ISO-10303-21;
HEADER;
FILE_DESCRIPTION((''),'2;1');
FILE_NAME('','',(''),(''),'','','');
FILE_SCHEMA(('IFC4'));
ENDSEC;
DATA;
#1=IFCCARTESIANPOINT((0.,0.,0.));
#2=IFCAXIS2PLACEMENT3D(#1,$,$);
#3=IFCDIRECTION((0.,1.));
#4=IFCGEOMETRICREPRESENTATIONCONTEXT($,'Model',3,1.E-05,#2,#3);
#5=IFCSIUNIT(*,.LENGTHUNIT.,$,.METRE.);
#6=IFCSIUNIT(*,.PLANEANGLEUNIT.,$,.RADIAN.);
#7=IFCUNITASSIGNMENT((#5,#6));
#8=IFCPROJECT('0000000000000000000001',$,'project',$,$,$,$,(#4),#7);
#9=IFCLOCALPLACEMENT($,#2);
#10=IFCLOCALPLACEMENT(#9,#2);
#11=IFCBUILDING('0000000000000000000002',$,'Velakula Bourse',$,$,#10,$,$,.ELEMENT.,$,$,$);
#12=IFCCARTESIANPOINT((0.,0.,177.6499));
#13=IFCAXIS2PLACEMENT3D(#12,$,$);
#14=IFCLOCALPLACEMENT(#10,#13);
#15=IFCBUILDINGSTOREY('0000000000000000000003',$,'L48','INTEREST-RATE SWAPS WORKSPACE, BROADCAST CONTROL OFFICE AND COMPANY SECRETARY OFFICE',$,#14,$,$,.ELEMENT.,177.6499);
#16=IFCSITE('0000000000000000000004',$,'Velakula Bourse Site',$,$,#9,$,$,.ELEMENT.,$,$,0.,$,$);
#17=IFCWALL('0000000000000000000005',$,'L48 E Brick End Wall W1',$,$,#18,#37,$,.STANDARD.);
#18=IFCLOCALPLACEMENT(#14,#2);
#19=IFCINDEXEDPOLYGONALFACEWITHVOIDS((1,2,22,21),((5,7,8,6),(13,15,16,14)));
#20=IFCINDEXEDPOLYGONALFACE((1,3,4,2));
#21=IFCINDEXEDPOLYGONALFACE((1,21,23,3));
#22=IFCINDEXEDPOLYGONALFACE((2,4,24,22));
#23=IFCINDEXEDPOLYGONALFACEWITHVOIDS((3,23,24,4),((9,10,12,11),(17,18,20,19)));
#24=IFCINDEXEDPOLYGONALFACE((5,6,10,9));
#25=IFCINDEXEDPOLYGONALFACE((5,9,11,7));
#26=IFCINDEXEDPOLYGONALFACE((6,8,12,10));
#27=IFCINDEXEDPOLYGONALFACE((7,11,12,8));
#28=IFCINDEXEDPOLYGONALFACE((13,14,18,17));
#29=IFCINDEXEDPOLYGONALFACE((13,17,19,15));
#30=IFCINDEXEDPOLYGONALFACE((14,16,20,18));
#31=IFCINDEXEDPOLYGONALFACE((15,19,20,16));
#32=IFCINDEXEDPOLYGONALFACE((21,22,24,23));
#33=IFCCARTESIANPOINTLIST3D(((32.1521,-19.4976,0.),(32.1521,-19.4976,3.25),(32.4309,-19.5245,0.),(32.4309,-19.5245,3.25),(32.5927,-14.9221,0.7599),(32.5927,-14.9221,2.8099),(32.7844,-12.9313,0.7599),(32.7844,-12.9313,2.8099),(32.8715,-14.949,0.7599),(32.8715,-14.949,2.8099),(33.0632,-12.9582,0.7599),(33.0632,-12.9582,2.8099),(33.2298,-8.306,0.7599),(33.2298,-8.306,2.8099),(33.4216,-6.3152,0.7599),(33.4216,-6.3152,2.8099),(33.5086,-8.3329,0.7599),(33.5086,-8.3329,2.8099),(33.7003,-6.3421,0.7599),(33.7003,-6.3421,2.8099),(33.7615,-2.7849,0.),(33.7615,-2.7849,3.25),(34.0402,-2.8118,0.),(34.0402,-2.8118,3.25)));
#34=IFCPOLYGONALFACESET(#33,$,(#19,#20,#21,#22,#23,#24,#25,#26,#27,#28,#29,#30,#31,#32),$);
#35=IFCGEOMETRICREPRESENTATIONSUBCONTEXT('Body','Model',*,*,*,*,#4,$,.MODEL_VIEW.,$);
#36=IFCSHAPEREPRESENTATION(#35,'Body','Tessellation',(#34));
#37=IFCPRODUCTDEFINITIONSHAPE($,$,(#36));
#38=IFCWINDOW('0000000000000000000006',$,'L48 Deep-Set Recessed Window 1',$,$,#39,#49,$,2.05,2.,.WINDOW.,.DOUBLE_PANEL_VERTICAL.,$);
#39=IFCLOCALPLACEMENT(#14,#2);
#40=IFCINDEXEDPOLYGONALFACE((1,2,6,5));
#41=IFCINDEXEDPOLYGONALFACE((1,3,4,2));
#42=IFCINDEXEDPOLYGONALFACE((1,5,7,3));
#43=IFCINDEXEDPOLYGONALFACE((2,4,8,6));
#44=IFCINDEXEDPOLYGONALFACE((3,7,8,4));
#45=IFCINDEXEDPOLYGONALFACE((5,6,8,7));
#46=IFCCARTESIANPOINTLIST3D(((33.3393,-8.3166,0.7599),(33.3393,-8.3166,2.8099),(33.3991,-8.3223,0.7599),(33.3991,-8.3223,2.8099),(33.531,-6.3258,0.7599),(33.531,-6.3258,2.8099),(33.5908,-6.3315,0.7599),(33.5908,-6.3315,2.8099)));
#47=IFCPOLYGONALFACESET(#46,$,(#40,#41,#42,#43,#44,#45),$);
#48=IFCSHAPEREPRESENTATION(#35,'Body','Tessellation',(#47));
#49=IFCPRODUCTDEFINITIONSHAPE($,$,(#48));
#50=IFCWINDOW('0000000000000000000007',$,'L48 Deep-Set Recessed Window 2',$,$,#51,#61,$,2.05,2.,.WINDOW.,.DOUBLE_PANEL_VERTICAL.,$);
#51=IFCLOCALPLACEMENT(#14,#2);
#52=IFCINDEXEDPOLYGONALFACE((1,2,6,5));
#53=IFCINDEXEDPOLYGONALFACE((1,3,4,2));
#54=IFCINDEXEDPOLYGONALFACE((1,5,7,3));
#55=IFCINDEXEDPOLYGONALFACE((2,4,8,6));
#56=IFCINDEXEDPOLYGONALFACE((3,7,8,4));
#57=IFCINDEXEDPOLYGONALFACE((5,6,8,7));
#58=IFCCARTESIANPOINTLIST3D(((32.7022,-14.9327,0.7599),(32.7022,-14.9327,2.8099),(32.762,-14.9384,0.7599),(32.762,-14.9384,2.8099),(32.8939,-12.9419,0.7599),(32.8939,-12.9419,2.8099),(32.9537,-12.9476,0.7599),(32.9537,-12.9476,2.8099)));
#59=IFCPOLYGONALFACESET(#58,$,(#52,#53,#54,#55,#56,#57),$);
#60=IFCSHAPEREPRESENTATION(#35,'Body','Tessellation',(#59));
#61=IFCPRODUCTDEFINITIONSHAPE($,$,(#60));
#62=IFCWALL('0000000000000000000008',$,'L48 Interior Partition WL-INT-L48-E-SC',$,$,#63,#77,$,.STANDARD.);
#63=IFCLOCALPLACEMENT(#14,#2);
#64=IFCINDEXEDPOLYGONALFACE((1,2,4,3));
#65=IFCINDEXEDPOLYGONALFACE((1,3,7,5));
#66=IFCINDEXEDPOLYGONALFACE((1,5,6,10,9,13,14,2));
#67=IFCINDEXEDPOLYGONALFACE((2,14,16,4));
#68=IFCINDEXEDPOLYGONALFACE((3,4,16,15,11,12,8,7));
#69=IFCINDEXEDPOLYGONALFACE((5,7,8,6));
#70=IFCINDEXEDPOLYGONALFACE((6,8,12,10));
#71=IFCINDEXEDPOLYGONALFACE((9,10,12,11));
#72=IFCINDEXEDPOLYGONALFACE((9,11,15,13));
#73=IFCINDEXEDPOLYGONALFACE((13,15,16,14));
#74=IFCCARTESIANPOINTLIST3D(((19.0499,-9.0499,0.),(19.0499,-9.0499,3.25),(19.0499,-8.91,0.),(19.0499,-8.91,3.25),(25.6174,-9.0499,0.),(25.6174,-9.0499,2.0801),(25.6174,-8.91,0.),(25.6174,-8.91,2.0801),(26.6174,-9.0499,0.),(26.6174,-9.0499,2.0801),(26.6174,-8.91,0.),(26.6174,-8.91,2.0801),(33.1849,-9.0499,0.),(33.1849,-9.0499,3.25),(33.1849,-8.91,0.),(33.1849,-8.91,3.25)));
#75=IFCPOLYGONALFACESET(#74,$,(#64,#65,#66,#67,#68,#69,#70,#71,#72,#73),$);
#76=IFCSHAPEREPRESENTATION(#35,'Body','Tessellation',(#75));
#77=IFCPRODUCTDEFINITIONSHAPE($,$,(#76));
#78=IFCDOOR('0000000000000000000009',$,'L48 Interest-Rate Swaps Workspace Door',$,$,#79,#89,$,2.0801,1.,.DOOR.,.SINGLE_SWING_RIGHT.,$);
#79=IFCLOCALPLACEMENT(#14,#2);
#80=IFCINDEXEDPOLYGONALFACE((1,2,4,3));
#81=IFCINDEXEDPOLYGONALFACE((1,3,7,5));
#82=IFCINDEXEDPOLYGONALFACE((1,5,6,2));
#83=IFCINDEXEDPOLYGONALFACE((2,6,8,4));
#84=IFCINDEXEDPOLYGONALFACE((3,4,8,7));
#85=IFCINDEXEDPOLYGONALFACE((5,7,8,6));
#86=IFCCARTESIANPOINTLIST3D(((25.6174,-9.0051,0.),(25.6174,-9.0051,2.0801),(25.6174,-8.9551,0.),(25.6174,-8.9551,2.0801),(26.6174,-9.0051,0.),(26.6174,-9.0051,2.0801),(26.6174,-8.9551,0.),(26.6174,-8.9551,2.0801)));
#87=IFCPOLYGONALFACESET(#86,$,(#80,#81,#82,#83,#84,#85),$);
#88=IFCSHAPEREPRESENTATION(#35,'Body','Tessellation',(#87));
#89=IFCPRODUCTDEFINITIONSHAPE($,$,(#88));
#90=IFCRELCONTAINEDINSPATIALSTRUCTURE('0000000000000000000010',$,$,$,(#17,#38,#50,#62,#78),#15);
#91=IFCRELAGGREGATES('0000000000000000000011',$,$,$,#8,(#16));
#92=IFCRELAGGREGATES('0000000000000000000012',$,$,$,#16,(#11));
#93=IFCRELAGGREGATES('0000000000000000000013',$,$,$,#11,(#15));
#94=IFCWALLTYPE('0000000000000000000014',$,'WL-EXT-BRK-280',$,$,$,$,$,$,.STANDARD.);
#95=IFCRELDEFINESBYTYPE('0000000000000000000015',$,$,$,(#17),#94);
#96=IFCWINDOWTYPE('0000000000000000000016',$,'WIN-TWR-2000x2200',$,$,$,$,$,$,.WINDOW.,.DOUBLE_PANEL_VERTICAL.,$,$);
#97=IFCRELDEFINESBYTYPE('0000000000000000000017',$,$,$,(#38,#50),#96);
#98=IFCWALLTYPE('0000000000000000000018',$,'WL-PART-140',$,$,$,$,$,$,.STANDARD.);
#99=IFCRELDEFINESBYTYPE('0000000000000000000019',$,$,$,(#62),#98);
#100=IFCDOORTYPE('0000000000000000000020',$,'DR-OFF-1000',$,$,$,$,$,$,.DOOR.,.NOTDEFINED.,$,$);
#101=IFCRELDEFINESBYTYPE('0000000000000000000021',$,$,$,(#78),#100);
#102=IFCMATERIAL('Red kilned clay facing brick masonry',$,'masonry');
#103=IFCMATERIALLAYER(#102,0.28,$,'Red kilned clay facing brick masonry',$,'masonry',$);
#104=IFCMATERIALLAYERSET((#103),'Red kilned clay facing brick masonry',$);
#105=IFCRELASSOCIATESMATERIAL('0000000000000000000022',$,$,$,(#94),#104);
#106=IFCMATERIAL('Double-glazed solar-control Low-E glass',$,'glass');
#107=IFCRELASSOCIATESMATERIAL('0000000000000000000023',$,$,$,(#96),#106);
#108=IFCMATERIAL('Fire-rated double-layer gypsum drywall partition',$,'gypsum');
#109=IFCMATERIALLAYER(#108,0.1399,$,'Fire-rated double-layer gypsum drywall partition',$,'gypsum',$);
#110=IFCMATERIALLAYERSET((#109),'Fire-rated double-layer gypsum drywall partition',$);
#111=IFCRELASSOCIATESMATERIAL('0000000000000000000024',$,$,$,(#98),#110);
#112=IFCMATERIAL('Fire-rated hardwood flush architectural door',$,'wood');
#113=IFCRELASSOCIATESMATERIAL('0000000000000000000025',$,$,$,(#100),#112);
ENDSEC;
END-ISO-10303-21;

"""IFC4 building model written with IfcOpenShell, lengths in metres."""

from ifc_helpers import new_model, si_unit, direction, frame, frame_2d, origin, place, context, subcontext, project, spatial, rectangle, extrude, material, layer, layer_set, type_object, element, fill, save


model = new_model("IFC4")

# Units and contexts
model_context = context("Model", 3, precision=1e-05, world=origin(), true_north=direction((0.0, 1.0)))
body_context = subcontext(model_context, "Body", "Model", "MODEL_VIEW")
ifc_project = project(units=[si_unit("LENGTHUNIT", "METRE"), si_unit("PLANEANGLEUNIT", "RADIAN")], contexts=[model_context])

# Site, building, storey
site_placement = place(None, origin())
site = spatial("IfcSite", under=ifc_project, at=site_placement, Name="Velakula Bourse Site", CompositionType="ELEMENT", RefElevation=0.0)
building_placement = place(site_placement, origin())
building = spatial("IfcBuilding", under=site, at=building_placement, Name="Velakula Bourse", CompositionType="ELEMENT")
storey_placement = place(building_placement, frame((0.0, 0.0, 177.6499)))
storey = spatial("IfcBuildingStorey", under=building, at=storey_placement, Name="L48", Description="INTEREST-RATE SWAPS WORKSPACE, BROADCAST CONTROL OFFICE AND COMPANY SECRETARY OFFICE", CompositionType="ELEMENT", Elevation=177.6499)

# Wall, openings, windows
ifc_material_1 = material(Name="Red kilned clay facing brick masonry", Category="masonry")
ifc_layer_1 = layer(ifc_material_1, 0.28, Name="Red kilned clay facing brick masonry", Category="masonry")
ifc_layer_set_1 = layer_set([ifc_layer_1], Name="Red kilned clay facing brick masonry")
wall_type_1 = type_object("IfcWallType", Name="WL-EXT-BRK-280", PredefinedType="STANDARD", material=ifc_layer_set_1)
wall_1_placement = place(storey_placement, frame((33.9009, -2.7983, 0.0), z_axis=(0.0, 0.0, 1.0), x_axis=(-0.095853, -0.995395, 0.0)))
wall_1 = element("IfcWall", 1, at=wall_1_placement, inside=storey, type_object=wall_type_1, Name="L48 E Brick End Wall W1", PredefinedType="STANDARD", context=body_context, shape_type="SweptSolid", body=[
    extrude(rectangle(XDim=16.79, YDim=0.28, at=frame_2d((8.395, 0.0))), origin(), (0.0, 0.0, 1.0), 3.25),
])
opening_1_placement = place(wall_1_placement, frame((3.5466, 0.0, 0.76)))
opening_1 = element("IfcOpeningElement", 2, at=opening_1_placement, cuts=wall_1, PredefinedType="OPENING", context=body_context, shape_type="SweptSolid", body=[
    extrude(rectangle(XDim=2.0, YDim=2.05, at=frame_2d((1.0, 1.0249))), frame((0.0, 0.1499, 0.0), z_axis=(0.0, -1.0, 0.0), x_axis=(1.0, 0.0, 0.0)), (0.0, 0.0, 1.0), 0.3),
])
opening_2_placement = place(wall_1_placement, frame((10.1934, 0.0, 0.76)))
opening_2 = element("IfcOpeningElement", 3, at=opening_2_placement, cuts=wall_1, PredefinedType="OPENING", context=body_context, shape_type="SweptSolid", body=[
    extrude(rectangle(XDim=2.0, YDim=2.05, at=frame_2d((1.0, 1.0249))), frame((0.0, 0.1499, 0.0), z_axis=(0.0, -1.0, 0.0), x_axis=(1.0, 0.0, 0.0)), (0.0, 0.0, 1.0), 0.3),
])
ifc_material_2 = material(Name="Double-glazed solar-control Low-E glass", Category="glass")
window_type = type_object("IfcWindowType", Name="WIN-TWR-2000x2200", PartitioningType="DOUBLE_PANEL_VERTICAL", PredefinedType="WINDOW", material=ifc_material_2)
window_1_placement = place(opening_1_placement, origin())
window_1 = element("IfcWindow", 4, at=window_1_placement, inside=storey, type_object=window_type, Name="L48 Deep-Set Recessed Window 1", OverallHeight=2.05, OverallWidth=2.0, PartitioningType="DOUBLE_PANEL_VERTICAL", PredefinedType="WINDOW", context=body_context, shape_type="SweptSolid", body=[
    extrude(rectangle(XDim=2.0, YDim=2.05, at=frame_2d((1.0, 1.0249))), frame((0.0, 0.03, 0.0), z_axis=(0.0, -1.0, 0.0), x_axis=(1.0, 0.0, 0.0)), (0.0, 0.0, 1.0), 0.0601),
])
fill(opening_1, window_1)
window_2_placement = place(opening_2_placement, origin())
window_2 = element("IfcWindow", 5, at=window_2_placement, inside=storey, type_object=window_type, Name="L48 Deep-Set Recessed Window 2", OverallHeight=2.05, OverallWidth=2.0, PartitioningType="DOUBLE_PANEL_VERTICAL", PredefinedType="WINDOW", context=body_context, shape_type="SweptSolid", body=[
    extrude(rectangle(XDim=2.0, YDim=2.05, at=frame_2d((1.0, 1.0249))), frame((0.0, 0.03, 0.0), z_axis=(0.0, -1.0, 0.0), x_axis=(1.0, 0.0, 0.0)), (0.0, 0.0, 1.0), 0.0601),
])
fill(opening_2, window_2)

# Wall, opening, door
ifc_material_3 = material(Name="Fire-rated double-layer gypsum drywall partition", Category="gypsum")
ifc_layer_2 = layer(ifc_material_3, 0.1399, Name="Fire-rated double-layer gypsum drywall partition", Category="gypsum")
ifc_layer_set_2 = layer_set([ifc_layer_2], Name="Fire-rated double-layer gypsum drywall partition")
wall_type_2 = type_object("IfcWallType", Name="WL-PART-140", PredefinedType="STANDARD", material=ifc_layer_set_2)
wall_2_placement = place(storey_placement, frame((19.05, -8.98, 0.0), z_axis=(0.0, 0.0, 1.0), x_axis=(1.0, 0.0, 0.0)))
wall_2 = element("IfcWall", 6, at=wall_2_placement, inside=storey, type_object=wall_type_2, Name="L48 Interior Partition WL-INT-L48-E-SC", PredefinedType="STANDARD", context=body_context, shape_type="SweptSolid", body=[
    extrude(rectangle(XDim=14.135, YDim=0.1399, at=frame_2d((7.0674, 0.0))), origin(), (0.0, 0.0, 1.0), 3.25),
])
opening_3_placement = place(wall_2_placement, frame((6.5674, 0.0, 0.0)))
opening_3 = element("IfcOpeningElement", 7, at=opening_3_placement, cuts=wall_2, PredefinedType="OPENING", context=body_context, shape_type="SweptSolid", body=[
    extrude(rectangle(XDim=1.0, YDim=2.0801, at=frame_2d((0.5, 1.04))), frame((0.0, 0.0798, 0.0), z_axis=(0.0, -1.0, 0.0), x_axis=(1.0, 0.0, 0.0)), (0.0, 0.0, 1.0), 0.1599),
])
ifc_material_4 = material(Name="Fire-rated hardwood flush architectural door", Category="wood")
door_type = type_object("IfcDoorType", Name="DR-OFF-1000", OperationType="NOTDEFINED", PredefinedType="DOOR", material=ifc_material_4)
door_placement = place(opening_3_placement, origin())
door = element("IfcDoor", 8, at=door_placement, inside=storey, type_object=door_type, Name="L48 Interest-Rate Swaps Workspace Door", OperationType="SINGLE_SWING_RIGHT", OverallHeight=2.0801, OverallWidth=1.0, PredefinedType="DOOR", context=body_context, shape_type="SweptSolid", body=[
    extrude(rectangle(XDim=1.0, YDim=2.0801, at=frame_2d((0.5, 1.04))), frame((0.0, 0.0249, 0.0), z_axis=(0.0, -1.0, 0.0), x_axis=(1.0, 0.0, 0.0)), (0.0, 0.0, 1.0), 0.05),
])
fill(opening_3, door)

save(model, "model.ifc")
